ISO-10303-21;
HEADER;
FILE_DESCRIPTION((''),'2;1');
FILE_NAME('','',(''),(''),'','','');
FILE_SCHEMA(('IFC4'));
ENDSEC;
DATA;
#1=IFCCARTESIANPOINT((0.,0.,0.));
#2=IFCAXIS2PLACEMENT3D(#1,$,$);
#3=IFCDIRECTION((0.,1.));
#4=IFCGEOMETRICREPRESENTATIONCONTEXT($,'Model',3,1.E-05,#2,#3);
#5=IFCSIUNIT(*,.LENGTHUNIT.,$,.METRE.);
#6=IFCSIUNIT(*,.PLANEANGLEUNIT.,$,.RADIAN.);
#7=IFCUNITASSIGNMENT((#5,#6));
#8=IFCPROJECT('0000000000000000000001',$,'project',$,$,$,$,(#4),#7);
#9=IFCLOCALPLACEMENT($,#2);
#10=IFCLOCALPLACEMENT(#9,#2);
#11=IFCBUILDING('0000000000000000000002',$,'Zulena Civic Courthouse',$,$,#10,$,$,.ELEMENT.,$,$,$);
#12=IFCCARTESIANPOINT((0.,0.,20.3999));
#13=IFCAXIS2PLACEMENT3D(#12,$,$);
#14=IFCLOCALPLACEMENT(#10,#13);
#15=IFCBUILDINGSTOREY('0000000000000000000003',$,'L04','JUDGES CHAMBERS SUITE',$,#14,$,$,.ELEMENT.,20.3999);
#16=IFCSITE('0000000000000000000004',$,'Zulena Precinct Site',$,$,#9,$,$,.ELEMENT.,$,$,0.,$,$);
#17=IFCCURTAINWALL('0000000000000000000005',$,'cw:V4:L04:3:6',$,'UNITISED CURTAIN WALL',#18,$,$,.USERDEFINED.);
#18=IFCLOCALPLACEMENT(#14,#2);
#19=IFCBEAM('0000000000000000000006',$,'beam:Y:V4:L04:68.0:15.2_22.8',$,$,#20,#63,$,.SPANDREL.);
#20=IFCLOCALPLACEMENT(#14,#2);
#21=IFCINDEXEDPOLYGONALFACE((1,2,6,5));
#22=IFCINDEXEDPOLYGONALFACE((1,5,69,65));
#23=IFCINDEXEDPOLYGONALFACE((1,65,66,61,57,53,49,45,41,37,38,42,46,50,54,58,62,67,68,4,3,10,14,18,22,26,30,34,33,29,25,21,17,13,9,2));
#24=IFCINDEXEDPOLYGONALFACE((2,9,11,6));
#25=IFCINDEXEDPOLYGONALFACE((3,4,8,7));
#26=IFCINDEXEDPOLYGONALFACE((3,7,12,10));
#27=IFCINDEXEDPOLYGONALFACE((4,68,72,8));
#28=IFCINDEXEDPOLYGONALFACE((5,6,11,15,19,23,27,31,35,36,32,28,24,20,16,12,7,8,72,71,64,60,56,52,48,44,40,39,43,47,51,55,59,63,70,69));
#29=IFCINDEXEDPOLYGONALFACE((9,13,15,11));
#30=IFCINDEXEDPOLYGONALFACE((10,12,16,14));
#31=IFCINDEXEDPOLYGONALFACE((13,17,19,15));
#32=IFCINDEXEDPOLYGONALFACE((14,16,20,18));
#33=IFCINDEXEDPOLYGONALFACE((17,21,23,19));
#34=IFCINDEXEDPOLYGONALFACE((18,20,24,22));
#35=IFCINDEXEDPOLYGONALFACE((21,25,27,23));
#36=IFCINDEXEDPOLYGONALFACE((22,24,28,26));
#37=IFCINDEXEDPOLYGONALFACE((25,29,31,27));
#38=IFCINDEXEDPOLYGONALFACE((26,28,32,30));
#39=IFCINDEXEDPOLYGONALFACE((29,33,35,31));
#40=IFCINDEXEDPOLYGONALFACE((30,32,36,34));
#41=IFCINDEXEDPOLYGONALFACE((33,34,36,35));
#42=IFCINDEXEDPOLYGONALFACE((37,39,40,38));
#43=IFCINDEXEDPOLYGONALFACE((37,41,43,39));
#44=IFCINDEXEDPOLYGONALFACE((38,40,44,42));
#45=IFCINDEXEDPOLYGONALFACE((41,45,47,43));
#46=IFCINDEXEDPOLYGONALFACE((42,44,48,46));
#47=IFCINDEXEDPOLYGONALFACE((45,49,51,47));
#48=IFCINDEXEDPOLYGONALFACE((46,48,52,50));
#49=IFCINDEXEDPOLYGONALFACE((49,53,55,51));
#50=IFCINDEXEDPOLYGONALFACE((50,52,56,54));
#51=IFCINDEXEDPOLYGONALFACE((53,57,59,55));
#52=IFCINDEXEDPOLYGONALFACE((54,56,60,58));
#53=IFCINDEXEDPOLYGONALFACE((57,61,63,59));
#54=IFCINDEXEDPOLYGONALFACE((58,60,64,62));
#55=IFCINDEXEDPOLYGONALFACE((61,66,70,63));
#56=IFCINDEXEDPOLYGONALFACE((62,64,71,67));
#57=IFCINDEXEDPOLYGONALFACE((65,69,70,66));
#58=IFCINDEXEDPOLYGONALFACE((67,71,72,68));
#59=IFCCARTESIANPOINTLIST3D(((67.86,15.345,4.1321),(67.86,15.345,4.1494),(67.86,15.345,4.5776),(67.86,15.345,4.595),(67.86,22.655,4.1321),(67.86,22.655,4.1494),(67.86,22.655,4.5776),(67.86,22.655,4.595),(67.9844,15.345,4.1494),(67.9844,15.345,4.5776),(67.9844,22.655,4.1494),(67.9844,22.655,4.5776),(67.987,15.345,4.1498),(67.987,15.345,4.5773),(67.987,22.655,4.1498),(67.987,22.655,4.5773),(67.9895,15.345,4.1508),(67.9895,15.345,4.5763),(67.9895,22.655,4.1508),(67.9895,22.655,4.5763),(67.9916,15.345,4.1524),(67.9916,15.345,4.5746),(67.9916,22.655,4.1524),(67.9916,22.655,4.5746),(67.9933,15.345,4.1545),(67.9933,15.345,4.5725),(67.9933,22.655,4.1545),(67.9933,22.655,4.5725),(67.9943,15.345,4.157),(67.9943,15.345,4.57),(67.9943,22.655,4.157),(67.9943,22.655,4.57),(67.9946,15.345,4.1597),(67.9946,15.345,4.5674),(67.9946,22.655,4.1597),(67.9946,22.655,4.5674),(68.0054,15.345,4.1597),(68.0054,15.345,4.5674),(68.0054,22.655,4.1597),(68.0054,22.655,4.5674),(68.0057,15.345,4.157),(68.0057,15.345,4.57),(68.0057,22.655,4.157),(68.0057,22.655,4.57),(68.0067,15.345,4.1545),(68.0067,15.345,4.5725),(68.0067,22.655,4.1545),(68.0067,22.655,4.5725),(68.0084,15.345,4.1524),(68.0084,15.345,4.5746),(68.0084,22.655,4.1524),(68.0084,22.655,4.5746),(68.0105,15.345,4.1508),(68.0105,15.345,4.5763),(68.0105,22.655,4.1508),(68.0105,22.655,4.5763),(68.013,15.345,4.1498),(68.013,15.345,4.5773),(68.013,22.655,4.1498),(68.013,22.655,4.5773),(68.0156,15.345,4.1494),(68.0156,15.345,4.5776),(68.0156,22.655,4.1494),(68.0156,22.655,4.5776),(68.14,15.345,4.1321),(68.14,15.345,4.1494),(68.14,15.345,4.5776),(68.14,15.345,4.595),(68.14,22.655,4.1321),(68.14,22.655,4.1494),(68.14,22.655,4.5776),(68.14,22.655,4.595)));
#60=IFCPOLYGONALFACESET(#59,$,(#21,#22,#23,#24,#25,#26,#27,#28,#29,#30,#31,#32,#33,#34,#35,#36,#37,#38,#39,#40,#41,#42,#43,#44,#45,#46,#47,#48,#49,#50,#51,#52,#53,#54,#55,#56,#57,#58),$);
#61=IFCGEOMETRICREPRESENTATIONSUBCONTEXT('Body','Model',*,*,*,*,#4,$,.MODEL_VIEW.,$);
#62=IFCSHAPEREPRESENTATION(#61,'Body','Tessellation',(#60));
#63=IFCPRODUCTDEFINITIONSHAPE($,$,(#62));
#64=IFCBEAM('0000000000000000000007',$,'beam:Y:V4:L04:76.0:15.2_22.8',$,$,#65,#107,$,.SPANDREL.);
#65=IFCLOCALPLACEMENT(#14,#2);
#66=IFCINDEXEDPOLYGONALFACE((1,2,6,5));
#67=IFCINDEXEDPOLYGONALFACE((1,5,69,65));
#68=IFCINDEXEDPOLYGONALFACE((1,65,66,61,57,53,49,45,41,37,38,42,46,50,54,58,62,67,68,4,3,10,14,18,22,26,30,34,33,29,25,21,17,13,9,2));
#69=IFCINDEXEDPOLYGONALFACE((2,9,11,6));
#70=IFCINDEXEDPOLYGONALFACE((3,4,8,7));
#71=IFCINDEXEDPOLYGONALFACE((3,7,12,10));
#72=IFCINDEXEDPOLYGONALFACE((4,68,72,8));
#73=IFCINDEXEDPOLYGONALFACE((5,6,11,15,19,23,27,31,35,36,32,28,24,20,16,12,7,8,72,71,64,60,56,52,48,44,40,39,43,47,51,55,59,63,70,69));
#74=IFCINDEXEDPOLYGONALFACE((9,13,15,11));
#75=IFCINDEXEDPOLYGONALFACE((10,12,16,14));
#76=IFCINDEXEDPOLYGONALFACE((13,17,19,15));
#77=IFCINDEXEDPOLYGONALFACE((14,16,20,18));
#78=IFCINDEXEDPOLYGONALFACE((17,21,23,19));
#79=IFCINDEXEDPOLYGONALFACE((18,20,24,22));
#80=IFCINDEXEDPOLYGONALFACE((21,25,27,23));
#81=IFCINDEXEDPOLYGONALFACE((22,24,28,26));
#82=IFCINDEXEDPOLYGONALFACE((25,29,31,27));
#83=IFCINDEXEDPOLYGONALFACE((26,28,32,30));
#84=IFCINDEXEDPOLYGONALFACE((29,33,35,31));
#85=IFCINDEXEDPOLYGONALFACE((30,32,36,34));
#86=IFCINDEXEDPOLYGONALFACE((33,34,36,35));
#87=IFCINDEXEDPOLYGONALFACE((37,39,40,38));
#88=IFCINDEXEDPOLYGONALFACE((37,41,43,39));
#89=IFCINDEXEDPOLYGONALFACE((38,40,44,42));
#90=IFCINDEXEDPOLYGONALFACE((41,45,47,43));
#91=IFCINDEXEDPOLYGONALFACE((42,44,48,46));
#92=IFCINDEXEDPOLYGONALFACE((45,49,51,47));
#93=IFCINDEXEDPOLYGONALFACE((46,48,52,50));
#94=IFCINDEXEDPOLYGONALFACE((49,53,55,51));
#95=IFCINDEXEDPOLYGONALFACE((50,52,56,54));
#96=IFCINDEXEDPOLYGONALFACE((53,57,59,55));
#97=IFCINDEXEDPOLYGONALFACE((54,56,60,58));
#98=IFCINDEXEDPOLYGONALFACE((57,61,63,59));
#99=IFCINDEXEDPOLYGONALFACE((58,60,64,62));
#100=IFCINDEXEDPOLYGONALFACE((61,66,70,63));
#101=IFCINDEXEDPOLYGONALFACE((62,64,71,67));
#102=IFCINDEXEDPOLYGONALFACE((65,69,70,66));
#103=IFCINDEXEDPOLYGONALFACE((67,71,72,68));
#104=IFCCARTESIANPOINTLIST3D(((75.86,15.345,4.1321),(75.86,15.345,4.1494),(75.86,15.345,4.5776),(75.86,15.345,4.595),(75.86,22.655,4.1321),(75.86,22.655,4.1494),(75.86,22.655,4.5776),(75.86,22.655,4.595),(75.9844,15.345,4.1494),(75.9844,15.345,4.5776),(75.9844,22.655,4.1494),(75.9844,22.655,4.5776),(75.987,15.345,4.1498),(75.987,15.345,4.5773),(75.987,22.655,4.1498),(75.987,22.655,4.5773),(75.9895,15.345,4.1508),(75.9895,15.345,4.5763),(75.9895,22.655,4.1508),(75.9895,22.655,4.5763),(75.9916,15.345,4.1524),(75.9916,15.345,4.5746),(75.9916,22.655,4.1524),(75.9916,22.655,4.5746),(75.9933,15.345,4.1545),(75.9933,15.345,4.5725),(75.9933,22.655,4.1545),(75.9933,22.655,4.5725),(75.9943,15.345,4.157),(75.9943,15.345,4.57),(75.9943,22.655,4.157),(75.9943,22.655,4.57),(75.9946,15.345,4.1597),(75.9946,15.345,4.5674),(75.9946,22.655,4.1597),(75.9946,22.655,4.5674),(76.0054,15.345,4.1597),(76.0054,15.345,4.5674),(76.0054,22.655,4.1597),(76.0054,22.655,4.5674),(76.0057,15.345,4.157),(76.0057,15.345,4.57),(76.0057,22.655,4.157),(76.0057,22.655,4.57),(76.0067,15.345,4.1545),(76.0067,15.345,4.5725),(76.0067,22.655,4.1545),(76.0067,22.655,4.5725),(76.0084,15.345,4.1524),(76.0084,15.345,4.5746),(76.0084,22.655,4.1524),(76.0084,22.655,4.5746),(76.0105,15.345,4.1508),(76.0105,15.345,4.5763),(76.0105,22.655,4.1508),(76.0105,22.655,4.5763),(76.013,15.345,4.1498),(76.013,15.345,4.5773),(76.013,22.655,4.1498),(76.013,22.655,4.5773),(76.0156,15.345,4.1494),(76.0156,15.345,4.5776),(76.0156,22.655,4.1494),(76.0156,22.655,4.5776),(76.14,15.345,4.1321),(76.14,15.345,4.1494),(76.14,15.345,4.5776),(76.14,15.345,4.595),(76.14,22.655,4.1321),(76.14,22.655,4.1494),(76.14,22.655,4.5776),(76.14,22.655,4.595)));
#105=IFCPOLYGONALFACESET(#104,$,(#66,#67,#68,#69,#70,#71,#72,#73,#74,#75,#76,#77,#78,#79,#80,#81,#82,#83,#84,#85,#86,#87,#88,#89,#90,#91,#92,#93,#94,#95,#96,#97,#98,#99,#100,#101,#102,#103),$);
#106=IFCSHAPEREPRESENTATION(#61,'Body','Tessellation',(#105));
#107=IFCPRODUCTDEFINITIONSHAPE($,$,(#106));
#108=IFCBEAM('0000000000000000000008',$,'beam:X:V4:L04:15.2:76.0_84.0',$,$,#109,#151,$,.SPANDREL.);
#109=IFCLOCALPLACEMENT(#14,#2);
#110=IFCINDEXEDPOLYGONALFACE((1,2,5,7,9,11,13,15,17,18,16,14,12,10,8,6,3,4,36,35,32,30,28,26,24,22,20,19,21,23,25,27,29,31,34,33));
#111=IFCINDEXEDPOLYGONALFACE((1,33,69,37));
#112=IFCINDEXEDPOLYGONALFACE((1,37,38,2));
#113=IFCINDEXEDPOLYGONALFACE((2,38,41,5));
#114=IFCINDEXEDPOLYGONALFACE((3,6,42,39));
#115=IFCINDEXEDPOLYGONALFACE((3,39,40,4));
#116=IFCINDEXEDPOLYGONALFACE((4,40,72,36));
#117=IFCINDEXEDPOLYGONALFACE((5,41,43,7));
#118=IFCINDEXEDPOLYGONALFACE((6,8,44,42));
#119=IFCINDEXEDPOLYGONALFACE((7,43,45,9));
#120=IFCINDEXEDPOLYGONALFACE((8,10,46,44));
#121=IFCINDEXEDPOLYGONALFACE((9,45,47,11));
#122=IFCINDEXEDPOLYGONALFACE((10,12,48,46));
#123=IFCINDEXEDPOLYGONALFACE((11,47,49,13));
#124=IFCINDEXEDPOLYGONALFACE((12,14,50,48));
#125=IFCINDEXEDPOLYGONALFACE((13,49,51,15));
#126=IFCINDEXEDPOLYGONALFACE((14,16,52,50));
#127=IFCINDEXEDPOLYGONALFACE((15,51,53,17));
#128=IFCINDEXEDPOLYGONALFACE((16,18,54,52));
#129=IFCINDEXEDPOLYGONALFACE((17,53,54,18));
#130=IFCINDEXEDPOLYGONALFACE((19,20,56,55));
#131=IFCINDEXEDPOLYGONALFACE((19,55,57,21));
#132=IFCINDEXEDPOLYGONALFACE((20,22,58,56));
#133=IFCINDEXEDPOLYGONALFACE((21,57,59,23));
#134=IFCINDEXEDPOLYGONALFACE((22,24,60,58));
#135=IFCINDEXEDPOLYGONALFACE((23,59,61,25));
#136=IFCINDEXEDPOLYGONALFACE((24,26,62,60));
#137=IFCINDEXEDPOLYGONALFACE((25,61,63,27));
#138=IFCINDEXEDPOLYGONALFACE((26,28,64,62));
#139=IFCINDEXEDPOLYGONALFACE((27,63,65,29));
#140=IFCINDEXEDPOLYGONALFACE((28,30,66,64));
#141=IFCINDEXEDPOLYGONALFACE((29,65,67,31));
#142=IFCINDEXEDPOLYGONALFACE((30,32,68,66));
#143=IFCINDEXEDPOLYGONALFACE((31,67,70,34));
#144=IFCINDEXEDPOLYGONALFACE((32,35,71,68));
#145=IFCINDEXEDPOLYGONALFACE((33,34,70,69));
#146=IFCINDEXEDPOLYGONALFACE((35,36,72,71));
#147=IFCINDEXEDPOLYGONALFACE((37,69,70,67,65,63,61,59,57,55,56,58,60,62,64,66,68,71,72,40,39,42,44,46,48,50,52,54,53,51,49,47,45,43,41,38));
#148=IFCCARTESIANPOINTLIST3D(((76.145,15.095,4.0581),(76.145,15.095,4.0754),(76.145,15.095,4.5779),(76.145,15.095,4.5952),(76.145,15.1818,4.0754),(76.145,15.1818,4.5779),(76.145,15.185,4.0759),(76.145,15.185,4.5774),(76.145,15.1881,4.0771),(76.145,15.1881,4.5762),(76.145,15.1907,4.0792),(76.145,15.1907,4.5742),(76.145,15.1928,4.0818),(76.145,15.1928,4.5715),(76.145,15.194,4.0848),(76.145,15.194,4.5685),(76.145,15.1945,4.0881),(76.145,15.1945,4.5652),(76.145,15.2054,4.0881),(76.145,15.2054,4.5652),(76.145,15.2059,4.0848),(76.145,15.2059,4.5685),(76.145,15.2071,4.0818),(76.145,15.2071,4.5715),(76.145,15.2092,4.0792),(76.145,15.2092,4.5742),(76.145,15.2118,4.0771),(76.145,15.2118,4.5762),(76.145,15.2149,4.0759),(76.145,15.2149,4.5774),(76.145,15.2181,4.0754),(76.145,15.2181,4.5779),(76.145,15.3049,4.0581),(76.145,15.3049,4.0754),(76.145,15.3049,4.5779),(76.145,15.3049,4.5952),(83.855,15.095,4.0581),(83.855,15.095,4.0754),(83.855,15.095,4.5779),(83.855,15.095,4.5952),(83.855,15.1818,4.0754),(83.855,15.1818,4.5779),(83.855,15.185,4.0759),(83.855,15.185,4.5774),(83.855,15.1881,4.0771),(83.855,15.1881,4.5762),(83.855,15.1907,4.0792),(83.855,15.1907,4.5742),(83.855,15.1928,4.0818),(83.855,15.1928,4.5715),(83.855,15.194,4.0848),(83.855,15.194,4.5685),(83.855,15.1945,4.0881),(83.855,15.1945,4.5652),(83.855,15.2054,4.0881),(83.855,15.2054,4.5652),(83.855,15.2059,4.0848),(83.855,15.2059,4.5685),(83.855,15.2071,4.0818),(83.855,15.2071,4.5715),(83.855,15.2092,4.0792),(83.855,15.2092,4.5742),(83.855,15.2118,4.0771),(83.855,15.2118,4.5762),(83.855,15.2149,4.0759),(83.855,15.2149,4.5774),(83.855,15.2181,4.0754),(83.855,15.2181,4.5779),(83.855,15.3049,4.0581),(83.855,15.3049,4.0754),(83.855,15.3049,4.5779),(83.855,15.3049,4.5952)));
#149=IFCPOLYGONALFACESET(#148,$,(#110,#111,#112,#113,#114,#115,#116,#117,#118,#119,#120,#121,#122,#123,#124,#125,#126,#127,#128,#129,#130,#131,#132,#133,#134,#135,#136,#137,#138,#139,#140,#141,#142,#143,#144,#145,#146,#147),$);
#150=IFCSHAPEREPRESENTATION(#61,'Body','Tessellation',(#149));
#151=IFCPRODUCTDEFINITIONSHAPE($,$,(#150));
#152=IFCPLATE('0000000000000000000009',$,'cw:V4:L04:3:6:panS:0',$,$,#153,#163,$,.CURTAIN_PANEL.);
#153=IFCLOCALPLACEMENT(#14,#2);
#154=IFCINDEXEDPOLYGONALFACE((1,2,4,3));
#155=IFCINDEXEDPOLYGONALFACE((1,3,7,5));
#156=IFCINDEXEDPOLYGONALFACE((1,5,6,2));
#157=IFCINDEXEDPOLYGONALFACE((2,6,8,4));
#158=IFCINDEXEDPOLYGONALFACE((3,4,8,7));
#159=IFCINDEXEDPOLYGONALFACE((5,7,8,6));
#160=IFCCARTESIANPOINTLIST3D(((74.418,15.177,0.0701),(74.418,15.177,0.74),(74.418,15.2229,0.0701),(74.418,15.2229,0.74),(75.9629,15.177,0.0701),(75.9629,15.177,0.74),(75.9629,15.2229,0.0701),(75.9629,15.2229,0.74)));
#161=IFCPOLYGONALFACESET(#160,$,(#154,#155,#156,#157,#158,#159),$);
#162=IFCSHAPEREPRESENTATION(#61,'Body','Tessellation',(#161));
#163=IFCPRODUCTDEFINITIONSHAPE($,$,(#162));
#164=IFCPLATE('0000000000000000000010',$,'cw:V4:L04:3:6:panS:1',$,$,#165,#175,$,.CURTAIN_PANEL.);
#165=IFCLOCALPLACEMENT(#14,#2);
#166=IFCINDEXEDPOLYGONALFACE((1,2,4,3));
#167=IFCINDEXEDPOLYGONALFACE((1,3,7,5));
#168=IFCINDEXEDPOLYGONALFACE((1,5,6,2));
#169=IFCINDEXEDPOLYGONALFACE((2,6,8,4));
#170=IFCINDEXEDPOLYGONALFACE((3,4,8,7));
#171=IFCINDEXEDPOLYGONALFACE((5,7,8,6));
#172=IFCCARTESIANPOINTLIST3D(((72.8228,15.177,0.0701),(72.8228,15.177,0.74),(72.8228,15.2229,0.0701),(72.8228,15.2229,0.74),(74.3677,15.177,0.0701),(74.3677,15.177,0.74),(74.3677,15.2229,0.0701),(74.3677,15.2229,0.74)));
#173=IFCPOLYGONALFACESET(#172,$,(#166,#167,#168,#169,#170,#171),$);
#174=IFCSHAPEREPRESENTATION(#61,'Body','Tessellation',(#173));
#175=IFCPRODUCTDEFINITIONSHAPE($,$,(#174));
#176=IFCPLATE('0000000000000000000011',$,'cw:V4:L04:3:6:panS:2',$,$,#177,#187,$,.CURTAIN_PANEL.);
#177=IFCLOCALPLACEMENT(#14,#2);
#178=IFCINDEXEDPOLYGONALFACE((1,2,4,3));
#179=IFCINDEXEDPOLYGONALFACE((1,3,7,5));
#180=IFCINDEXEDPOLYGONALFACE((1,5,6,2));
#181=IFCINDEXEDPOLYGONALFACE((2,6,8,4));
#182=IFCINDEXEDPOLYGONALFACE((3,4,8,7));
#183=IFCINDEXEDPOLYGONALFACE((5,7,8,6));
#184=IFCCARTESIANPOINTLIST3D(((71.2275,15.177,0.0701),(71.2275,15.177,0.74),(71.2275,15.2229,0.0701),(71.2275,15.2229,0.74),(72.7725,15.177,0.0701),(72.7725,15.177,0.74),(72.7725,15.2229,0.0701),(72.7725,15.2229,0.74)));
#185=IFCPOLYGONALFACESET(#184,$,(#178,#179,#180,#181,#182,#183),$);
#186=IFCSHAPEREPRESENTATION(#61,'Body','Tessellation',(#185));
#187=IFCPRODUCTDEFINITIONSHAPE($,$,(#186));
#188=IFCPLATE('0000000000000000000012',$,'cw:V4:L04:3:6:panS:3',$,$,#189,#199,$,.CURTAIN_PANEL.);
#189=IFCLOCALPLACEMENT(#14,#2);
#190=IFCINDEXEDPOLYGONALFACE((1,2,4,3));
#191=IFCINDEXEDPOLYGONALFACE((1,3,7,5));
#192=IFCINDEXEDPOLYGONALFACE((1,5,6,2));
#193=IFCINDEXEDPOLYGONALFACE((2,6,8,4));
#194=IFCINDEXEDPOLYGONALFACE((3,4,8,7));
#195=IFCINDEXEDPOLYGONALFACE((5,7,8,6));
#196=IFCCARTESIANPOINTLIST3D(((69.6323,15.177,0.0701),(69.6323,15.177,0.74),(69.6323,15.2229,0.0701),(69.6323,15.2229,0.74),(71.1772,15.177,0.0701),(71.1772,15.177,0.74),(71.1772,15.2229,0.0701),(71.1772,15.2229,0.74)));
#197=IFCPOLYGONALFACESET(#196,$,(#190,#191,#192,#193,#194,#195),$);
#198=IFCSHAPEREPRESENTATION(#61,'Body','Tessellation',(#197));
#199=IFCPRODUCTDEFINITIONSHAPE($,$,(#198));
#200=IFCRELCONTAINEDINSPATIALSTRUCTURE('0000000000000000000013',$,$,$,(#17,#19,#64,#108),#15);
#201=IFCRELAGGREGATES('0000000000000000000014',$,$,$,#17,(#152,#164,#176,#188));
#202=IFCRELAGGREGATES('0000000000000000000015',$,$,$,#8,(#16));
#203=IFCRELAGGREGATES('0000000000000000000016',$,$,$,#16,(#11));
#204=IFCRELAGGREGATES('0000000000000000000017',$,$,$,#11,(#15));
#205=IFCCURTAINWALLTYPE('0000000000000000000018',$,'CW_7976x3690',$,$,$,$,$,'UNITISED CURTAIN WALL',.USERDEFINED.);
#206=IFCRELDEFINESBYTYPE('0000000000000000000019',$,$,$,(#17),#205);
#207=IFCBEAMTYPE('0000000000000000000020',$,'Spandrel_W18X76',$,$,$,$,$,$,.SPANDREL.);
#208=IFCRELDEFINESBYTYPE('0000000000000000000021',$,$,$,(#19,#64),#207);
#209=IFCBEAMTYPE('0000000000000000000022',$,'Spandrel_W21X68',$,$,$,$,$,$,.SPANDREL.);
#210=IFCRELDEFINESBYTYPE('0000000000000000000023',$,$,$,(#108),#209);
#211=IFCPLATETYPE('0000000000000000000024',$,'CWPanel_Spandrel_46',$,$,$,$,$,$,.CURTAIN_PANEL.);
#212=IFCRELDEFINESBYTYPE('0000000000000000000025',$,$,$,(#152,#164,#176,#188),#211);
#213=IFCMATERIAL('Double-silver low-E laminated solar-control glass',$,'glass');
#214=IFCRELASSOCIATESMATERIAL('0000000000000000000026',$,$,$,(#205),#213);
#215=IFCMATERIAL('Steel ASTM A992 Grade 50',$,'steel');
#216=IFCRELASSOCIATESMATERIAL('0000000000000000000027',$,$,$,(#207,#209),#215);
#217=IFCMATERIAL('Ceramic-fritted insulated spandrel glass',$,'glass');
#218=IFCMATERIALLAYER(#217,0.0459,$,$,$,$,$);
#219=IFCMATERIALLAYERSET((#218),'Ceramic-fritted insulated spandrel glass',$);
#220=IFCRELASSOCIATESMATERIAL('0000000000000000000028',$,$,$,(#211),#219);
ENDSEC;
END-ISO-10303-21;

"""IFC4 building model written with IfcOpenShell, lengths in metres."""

from ifc_helpers import new_model, si_unit, direction, frame, origin, origin_2d, place, context, subcontext, project, spatial, rectangle, i_section, extrude, material, layer, layer_set, material_profile, profile_set, type_object, element, aggregate, save


model = new_model("IFC4")

# Units and contexts
model_context = context("Model", 3, precision=1e-05, world=origin(), true_north=direction((0.0, 1.0)))
body_context = subcontext(model_context, "Body", "Model", "MODEL_VIEW")
ifc_project = project(units=[si_unit("LENGTHUNIT", "METRE"), si_unit("PLANEANGLEUNIT", "RADIAN")], contexts=[model_context])

# Site, building, storey
site_placement = place(None, origin())
site = spatial("IfcSite", under=ifc_project, at=site_placement, Name="Zulena Precinct Site", CompositionType="ELEMENT", RefElevation=0.0)
building_placement = place(site_placement, origin())
building = spatial("IfcBuilding", under=site, at=building_placement, Name="Zulena Civic Courthouse", CompositionType="ELEMENT")
storey_placement = place(building_placement, frame((0.0, 0.0, 20.3999)))
storey = spatial("IfcBuildingStorey", under=building, at=storey_placement, Name="L04", Description="JUDGES CHAMBERS SUITE", CompositionType="ELEMENT", Elevation=20.3999)

# Shared definitions
ifc_material_1 = material(Name="Steel ASTM A992 Grade 50", Category="steel")

# Curtain wall
ifc_material_2 = material(Name="Double-silver low-E laminated solar-control glass", Category="glass")
curtain_wall_type = type_object("IfcCurtainWallType", Name="CW_7976x3690", ElementType="UNITISED CURTAIN WALL", PredefinedType="USERDEFINED", material=ifc_material_2)
curtain_wall_placement = place(storey_placement, origin())
curtain_wall = element("IfcCurtainWall", 1, at=curtain_wall_placement, inside=storey, type_object=curtain_wall_type, Name="cw:V4:L04:3:6", ObjectType="UNITISED CURTAIN WALL", PredefinedType="USERDEFINED")

# Beams
ifc_material_profile_1 = material_profile(ifc_material_1, i_section(OverallWidth=0.28, OverallDepth=0.4629, WebThickness=0.0107, FlangeThickness=0.0173, FilletRadius=0.0103, at=origin_2d()), Name="W18X76")
ifc_profile_set_1 = profile_set([ifc_material_profile_1], Name="Steel ASTM A992 Grade 50")
beam_type_1 = type_object("IfcBeamType", Name="Spandrel_W18X76", PredefinedType="SPANDREL", material=ifc_profile_set_1)
for number, where, z_axis, x_axis, name in (
    (2, (68.0, 15.345, 4.3635), (0.0, 1.0, 0.0), (-1.0, 0.0, 0.0), "beam:Y:V4:L04:68.0:15.2_22.8"),
    (3, (76.0, 15.345, 4.3635), (0.0, 1.0, 0.0), (-1.0, 0.0, 0.0), "beam:Y:V4:L04:76.0:15.2_22.8"),
):
    element("IfcBeam", number, at=place(storey_placement, frame(where, z_axis=z_axis, x_axis=x_axis)), inside=storey, type_object=beam_type_1, Name=name, PredefinedType="SPANDREL", context=body_context, shape_type="SweptSolid", body=[
        extrude(i_section(OverallWidth=0.28, OverallDepth=0.4629, WebThickness=0.0107, FlangeThickness=0.0173, FilletRadius=0.0103, at=origin_2d()), origin(), (0.0, 0.0, 1.0), 7.3101),
    ])
ifc_material_profile_2 = material_profile(ifc_material_1, i_section(OverallWidth=0.21, OverallDepth=0.5371, WebThickness=0.011, FlangeThickness=0.0173, FilletRadius=0.0127, at=origin_2d()), Name="W21X68")
ifc_profile_set_2 = profile_set([ifc_material_profile_2], Name="Steel ASTM A992 Grade 50")
beam_type_2 = type_object("IfcBeamType", Name="Spandrel_W21X68", PredefinedType="SPANDREL", material=ifc_profile_set_2)
beam_placement = place(storey_placement, frame((76.145, 15.2, 4.3267), z_axis=(1.0, 0.0, 0.0), x_axis=(0.0, 1.0, 0.0)))
element("IfcBeam", 4, at=beam_placement, inside=storey, type_object=beam_type_2, Name="beam:X:V4:L04:15.2:76.0_84.0", PredefinedType="SPANDREL", context=body_context, shape_type="SweptSolid", body=[
    extrude(i_section(OverallWidth=0.21, OverallDepth=0.5371, WebThickness=0.011, FlangeThickness=0.0173, FilletRadius=0.0127, at=origin_2d()), origin(), (0.0, 0.0, 1.0), 7.71),
])

# Plates
ifc_material_3 = material(Name="Ceramic-fritted insulated spandrel glass", Category="glass")
ifc_layer_1 = layer(ifc_material_3, 0.0459)
ifc_layer_set_1 = layer_set([ifc_layer_1], Name="Ceramic-fritted insulated spandrel glass")
plate_type_1 = type_object("IfcPlateType", Name="CWPanel_Spandrel_46", PredefinedType="CURTAIN_PANEL", material=ifc_layer_set_1)
plate_1_placement = place(storey_placement, frame((75.1904, 15.2, 0.0701), z_axis=(0.0, 0.0, 1.0), x_axis=(-1.0, 0.0, 0.0)))
plate_1 = element("IfcPlate", 5, at=plate_1_placement, type_object=plate_type_1, Name="cw:V4:L04:3:6:panS:0", PredefinedType="CURTAIN_PANEL", context=body_context, shape_type="SweptSolid", body=[
    extrude(rectangle(XDim=1.5449, YDim=0.0459, at=origin_2d()), origin(), (0.0, 0.0, 1.0), 0.6699),
])
plate_2_placement = place(storey_placement, frame((73.5952, 15.2, 0.0701), z_axis=(0.0, 0.0, 1.0), x_axis=(-1.0, 0.0, 0.0)))
plate_2 = element("IfcPlate", 6, at=plate_2_placement, type_object=plate_type_1, Name="cw:V4:L04:3:6:panS:1", PredefinedType="CURTAIN_PANEL", context=body_context, shape_type="SweptSolid", body=[
    extrude(rectangle(XDim=1.5449, YDim=0.0459, at=origin_2d()), origin(), (0.0, 0.0, 1.0), 0.6699),
])
plate_3_placement = place(storey_placement, frame((72.0, 15.2, 0.0701), z_axis=(0.0, 0.0, 1.0), x_axis=(-1.0, 0.0, 0.0)))
plate_3 = element("IfcPlate", 7, at=plate_3_placement, type_object=plate_type_1, Name="cw:V4:L04:3:6:panS:2", PredefinedType="CURTAIN_PANEL", context=body_context, shape_type="SweptSolid", body=[
    extrude(rectangle(XDim=1.5449, YDim=0.0459, at=origin_2d()), origin(), (0.0, 0.0, 1.0), 0.6699),
])
plate_4_placement = place(storey_placement, frame((70.4048, 15.2, 0.0701), z_axis=(0.0, 0.0, 1.0), x_axis=(-1.0, 0.0, 0.0)))
plate_4 = element("IfcPlate", 8, at=plate_4_placement, type_object=plate_type_1, Name="cw:V4:L04:3:6:panS:3", PredefinedType="CURTAIN_PANEL", context=body_context, shape_type="SweptSolid", body=[
    extrude(rectangle(XDim=1.5449, YDim=0.0459, at=origin_2d()), origin(), (0.0, 0.0, 1.0), 0.6699),
])
aggregate(curtain_wall, [plate_1, plate_2, plate_3, plate_4])

save(model, "model.ifc")
